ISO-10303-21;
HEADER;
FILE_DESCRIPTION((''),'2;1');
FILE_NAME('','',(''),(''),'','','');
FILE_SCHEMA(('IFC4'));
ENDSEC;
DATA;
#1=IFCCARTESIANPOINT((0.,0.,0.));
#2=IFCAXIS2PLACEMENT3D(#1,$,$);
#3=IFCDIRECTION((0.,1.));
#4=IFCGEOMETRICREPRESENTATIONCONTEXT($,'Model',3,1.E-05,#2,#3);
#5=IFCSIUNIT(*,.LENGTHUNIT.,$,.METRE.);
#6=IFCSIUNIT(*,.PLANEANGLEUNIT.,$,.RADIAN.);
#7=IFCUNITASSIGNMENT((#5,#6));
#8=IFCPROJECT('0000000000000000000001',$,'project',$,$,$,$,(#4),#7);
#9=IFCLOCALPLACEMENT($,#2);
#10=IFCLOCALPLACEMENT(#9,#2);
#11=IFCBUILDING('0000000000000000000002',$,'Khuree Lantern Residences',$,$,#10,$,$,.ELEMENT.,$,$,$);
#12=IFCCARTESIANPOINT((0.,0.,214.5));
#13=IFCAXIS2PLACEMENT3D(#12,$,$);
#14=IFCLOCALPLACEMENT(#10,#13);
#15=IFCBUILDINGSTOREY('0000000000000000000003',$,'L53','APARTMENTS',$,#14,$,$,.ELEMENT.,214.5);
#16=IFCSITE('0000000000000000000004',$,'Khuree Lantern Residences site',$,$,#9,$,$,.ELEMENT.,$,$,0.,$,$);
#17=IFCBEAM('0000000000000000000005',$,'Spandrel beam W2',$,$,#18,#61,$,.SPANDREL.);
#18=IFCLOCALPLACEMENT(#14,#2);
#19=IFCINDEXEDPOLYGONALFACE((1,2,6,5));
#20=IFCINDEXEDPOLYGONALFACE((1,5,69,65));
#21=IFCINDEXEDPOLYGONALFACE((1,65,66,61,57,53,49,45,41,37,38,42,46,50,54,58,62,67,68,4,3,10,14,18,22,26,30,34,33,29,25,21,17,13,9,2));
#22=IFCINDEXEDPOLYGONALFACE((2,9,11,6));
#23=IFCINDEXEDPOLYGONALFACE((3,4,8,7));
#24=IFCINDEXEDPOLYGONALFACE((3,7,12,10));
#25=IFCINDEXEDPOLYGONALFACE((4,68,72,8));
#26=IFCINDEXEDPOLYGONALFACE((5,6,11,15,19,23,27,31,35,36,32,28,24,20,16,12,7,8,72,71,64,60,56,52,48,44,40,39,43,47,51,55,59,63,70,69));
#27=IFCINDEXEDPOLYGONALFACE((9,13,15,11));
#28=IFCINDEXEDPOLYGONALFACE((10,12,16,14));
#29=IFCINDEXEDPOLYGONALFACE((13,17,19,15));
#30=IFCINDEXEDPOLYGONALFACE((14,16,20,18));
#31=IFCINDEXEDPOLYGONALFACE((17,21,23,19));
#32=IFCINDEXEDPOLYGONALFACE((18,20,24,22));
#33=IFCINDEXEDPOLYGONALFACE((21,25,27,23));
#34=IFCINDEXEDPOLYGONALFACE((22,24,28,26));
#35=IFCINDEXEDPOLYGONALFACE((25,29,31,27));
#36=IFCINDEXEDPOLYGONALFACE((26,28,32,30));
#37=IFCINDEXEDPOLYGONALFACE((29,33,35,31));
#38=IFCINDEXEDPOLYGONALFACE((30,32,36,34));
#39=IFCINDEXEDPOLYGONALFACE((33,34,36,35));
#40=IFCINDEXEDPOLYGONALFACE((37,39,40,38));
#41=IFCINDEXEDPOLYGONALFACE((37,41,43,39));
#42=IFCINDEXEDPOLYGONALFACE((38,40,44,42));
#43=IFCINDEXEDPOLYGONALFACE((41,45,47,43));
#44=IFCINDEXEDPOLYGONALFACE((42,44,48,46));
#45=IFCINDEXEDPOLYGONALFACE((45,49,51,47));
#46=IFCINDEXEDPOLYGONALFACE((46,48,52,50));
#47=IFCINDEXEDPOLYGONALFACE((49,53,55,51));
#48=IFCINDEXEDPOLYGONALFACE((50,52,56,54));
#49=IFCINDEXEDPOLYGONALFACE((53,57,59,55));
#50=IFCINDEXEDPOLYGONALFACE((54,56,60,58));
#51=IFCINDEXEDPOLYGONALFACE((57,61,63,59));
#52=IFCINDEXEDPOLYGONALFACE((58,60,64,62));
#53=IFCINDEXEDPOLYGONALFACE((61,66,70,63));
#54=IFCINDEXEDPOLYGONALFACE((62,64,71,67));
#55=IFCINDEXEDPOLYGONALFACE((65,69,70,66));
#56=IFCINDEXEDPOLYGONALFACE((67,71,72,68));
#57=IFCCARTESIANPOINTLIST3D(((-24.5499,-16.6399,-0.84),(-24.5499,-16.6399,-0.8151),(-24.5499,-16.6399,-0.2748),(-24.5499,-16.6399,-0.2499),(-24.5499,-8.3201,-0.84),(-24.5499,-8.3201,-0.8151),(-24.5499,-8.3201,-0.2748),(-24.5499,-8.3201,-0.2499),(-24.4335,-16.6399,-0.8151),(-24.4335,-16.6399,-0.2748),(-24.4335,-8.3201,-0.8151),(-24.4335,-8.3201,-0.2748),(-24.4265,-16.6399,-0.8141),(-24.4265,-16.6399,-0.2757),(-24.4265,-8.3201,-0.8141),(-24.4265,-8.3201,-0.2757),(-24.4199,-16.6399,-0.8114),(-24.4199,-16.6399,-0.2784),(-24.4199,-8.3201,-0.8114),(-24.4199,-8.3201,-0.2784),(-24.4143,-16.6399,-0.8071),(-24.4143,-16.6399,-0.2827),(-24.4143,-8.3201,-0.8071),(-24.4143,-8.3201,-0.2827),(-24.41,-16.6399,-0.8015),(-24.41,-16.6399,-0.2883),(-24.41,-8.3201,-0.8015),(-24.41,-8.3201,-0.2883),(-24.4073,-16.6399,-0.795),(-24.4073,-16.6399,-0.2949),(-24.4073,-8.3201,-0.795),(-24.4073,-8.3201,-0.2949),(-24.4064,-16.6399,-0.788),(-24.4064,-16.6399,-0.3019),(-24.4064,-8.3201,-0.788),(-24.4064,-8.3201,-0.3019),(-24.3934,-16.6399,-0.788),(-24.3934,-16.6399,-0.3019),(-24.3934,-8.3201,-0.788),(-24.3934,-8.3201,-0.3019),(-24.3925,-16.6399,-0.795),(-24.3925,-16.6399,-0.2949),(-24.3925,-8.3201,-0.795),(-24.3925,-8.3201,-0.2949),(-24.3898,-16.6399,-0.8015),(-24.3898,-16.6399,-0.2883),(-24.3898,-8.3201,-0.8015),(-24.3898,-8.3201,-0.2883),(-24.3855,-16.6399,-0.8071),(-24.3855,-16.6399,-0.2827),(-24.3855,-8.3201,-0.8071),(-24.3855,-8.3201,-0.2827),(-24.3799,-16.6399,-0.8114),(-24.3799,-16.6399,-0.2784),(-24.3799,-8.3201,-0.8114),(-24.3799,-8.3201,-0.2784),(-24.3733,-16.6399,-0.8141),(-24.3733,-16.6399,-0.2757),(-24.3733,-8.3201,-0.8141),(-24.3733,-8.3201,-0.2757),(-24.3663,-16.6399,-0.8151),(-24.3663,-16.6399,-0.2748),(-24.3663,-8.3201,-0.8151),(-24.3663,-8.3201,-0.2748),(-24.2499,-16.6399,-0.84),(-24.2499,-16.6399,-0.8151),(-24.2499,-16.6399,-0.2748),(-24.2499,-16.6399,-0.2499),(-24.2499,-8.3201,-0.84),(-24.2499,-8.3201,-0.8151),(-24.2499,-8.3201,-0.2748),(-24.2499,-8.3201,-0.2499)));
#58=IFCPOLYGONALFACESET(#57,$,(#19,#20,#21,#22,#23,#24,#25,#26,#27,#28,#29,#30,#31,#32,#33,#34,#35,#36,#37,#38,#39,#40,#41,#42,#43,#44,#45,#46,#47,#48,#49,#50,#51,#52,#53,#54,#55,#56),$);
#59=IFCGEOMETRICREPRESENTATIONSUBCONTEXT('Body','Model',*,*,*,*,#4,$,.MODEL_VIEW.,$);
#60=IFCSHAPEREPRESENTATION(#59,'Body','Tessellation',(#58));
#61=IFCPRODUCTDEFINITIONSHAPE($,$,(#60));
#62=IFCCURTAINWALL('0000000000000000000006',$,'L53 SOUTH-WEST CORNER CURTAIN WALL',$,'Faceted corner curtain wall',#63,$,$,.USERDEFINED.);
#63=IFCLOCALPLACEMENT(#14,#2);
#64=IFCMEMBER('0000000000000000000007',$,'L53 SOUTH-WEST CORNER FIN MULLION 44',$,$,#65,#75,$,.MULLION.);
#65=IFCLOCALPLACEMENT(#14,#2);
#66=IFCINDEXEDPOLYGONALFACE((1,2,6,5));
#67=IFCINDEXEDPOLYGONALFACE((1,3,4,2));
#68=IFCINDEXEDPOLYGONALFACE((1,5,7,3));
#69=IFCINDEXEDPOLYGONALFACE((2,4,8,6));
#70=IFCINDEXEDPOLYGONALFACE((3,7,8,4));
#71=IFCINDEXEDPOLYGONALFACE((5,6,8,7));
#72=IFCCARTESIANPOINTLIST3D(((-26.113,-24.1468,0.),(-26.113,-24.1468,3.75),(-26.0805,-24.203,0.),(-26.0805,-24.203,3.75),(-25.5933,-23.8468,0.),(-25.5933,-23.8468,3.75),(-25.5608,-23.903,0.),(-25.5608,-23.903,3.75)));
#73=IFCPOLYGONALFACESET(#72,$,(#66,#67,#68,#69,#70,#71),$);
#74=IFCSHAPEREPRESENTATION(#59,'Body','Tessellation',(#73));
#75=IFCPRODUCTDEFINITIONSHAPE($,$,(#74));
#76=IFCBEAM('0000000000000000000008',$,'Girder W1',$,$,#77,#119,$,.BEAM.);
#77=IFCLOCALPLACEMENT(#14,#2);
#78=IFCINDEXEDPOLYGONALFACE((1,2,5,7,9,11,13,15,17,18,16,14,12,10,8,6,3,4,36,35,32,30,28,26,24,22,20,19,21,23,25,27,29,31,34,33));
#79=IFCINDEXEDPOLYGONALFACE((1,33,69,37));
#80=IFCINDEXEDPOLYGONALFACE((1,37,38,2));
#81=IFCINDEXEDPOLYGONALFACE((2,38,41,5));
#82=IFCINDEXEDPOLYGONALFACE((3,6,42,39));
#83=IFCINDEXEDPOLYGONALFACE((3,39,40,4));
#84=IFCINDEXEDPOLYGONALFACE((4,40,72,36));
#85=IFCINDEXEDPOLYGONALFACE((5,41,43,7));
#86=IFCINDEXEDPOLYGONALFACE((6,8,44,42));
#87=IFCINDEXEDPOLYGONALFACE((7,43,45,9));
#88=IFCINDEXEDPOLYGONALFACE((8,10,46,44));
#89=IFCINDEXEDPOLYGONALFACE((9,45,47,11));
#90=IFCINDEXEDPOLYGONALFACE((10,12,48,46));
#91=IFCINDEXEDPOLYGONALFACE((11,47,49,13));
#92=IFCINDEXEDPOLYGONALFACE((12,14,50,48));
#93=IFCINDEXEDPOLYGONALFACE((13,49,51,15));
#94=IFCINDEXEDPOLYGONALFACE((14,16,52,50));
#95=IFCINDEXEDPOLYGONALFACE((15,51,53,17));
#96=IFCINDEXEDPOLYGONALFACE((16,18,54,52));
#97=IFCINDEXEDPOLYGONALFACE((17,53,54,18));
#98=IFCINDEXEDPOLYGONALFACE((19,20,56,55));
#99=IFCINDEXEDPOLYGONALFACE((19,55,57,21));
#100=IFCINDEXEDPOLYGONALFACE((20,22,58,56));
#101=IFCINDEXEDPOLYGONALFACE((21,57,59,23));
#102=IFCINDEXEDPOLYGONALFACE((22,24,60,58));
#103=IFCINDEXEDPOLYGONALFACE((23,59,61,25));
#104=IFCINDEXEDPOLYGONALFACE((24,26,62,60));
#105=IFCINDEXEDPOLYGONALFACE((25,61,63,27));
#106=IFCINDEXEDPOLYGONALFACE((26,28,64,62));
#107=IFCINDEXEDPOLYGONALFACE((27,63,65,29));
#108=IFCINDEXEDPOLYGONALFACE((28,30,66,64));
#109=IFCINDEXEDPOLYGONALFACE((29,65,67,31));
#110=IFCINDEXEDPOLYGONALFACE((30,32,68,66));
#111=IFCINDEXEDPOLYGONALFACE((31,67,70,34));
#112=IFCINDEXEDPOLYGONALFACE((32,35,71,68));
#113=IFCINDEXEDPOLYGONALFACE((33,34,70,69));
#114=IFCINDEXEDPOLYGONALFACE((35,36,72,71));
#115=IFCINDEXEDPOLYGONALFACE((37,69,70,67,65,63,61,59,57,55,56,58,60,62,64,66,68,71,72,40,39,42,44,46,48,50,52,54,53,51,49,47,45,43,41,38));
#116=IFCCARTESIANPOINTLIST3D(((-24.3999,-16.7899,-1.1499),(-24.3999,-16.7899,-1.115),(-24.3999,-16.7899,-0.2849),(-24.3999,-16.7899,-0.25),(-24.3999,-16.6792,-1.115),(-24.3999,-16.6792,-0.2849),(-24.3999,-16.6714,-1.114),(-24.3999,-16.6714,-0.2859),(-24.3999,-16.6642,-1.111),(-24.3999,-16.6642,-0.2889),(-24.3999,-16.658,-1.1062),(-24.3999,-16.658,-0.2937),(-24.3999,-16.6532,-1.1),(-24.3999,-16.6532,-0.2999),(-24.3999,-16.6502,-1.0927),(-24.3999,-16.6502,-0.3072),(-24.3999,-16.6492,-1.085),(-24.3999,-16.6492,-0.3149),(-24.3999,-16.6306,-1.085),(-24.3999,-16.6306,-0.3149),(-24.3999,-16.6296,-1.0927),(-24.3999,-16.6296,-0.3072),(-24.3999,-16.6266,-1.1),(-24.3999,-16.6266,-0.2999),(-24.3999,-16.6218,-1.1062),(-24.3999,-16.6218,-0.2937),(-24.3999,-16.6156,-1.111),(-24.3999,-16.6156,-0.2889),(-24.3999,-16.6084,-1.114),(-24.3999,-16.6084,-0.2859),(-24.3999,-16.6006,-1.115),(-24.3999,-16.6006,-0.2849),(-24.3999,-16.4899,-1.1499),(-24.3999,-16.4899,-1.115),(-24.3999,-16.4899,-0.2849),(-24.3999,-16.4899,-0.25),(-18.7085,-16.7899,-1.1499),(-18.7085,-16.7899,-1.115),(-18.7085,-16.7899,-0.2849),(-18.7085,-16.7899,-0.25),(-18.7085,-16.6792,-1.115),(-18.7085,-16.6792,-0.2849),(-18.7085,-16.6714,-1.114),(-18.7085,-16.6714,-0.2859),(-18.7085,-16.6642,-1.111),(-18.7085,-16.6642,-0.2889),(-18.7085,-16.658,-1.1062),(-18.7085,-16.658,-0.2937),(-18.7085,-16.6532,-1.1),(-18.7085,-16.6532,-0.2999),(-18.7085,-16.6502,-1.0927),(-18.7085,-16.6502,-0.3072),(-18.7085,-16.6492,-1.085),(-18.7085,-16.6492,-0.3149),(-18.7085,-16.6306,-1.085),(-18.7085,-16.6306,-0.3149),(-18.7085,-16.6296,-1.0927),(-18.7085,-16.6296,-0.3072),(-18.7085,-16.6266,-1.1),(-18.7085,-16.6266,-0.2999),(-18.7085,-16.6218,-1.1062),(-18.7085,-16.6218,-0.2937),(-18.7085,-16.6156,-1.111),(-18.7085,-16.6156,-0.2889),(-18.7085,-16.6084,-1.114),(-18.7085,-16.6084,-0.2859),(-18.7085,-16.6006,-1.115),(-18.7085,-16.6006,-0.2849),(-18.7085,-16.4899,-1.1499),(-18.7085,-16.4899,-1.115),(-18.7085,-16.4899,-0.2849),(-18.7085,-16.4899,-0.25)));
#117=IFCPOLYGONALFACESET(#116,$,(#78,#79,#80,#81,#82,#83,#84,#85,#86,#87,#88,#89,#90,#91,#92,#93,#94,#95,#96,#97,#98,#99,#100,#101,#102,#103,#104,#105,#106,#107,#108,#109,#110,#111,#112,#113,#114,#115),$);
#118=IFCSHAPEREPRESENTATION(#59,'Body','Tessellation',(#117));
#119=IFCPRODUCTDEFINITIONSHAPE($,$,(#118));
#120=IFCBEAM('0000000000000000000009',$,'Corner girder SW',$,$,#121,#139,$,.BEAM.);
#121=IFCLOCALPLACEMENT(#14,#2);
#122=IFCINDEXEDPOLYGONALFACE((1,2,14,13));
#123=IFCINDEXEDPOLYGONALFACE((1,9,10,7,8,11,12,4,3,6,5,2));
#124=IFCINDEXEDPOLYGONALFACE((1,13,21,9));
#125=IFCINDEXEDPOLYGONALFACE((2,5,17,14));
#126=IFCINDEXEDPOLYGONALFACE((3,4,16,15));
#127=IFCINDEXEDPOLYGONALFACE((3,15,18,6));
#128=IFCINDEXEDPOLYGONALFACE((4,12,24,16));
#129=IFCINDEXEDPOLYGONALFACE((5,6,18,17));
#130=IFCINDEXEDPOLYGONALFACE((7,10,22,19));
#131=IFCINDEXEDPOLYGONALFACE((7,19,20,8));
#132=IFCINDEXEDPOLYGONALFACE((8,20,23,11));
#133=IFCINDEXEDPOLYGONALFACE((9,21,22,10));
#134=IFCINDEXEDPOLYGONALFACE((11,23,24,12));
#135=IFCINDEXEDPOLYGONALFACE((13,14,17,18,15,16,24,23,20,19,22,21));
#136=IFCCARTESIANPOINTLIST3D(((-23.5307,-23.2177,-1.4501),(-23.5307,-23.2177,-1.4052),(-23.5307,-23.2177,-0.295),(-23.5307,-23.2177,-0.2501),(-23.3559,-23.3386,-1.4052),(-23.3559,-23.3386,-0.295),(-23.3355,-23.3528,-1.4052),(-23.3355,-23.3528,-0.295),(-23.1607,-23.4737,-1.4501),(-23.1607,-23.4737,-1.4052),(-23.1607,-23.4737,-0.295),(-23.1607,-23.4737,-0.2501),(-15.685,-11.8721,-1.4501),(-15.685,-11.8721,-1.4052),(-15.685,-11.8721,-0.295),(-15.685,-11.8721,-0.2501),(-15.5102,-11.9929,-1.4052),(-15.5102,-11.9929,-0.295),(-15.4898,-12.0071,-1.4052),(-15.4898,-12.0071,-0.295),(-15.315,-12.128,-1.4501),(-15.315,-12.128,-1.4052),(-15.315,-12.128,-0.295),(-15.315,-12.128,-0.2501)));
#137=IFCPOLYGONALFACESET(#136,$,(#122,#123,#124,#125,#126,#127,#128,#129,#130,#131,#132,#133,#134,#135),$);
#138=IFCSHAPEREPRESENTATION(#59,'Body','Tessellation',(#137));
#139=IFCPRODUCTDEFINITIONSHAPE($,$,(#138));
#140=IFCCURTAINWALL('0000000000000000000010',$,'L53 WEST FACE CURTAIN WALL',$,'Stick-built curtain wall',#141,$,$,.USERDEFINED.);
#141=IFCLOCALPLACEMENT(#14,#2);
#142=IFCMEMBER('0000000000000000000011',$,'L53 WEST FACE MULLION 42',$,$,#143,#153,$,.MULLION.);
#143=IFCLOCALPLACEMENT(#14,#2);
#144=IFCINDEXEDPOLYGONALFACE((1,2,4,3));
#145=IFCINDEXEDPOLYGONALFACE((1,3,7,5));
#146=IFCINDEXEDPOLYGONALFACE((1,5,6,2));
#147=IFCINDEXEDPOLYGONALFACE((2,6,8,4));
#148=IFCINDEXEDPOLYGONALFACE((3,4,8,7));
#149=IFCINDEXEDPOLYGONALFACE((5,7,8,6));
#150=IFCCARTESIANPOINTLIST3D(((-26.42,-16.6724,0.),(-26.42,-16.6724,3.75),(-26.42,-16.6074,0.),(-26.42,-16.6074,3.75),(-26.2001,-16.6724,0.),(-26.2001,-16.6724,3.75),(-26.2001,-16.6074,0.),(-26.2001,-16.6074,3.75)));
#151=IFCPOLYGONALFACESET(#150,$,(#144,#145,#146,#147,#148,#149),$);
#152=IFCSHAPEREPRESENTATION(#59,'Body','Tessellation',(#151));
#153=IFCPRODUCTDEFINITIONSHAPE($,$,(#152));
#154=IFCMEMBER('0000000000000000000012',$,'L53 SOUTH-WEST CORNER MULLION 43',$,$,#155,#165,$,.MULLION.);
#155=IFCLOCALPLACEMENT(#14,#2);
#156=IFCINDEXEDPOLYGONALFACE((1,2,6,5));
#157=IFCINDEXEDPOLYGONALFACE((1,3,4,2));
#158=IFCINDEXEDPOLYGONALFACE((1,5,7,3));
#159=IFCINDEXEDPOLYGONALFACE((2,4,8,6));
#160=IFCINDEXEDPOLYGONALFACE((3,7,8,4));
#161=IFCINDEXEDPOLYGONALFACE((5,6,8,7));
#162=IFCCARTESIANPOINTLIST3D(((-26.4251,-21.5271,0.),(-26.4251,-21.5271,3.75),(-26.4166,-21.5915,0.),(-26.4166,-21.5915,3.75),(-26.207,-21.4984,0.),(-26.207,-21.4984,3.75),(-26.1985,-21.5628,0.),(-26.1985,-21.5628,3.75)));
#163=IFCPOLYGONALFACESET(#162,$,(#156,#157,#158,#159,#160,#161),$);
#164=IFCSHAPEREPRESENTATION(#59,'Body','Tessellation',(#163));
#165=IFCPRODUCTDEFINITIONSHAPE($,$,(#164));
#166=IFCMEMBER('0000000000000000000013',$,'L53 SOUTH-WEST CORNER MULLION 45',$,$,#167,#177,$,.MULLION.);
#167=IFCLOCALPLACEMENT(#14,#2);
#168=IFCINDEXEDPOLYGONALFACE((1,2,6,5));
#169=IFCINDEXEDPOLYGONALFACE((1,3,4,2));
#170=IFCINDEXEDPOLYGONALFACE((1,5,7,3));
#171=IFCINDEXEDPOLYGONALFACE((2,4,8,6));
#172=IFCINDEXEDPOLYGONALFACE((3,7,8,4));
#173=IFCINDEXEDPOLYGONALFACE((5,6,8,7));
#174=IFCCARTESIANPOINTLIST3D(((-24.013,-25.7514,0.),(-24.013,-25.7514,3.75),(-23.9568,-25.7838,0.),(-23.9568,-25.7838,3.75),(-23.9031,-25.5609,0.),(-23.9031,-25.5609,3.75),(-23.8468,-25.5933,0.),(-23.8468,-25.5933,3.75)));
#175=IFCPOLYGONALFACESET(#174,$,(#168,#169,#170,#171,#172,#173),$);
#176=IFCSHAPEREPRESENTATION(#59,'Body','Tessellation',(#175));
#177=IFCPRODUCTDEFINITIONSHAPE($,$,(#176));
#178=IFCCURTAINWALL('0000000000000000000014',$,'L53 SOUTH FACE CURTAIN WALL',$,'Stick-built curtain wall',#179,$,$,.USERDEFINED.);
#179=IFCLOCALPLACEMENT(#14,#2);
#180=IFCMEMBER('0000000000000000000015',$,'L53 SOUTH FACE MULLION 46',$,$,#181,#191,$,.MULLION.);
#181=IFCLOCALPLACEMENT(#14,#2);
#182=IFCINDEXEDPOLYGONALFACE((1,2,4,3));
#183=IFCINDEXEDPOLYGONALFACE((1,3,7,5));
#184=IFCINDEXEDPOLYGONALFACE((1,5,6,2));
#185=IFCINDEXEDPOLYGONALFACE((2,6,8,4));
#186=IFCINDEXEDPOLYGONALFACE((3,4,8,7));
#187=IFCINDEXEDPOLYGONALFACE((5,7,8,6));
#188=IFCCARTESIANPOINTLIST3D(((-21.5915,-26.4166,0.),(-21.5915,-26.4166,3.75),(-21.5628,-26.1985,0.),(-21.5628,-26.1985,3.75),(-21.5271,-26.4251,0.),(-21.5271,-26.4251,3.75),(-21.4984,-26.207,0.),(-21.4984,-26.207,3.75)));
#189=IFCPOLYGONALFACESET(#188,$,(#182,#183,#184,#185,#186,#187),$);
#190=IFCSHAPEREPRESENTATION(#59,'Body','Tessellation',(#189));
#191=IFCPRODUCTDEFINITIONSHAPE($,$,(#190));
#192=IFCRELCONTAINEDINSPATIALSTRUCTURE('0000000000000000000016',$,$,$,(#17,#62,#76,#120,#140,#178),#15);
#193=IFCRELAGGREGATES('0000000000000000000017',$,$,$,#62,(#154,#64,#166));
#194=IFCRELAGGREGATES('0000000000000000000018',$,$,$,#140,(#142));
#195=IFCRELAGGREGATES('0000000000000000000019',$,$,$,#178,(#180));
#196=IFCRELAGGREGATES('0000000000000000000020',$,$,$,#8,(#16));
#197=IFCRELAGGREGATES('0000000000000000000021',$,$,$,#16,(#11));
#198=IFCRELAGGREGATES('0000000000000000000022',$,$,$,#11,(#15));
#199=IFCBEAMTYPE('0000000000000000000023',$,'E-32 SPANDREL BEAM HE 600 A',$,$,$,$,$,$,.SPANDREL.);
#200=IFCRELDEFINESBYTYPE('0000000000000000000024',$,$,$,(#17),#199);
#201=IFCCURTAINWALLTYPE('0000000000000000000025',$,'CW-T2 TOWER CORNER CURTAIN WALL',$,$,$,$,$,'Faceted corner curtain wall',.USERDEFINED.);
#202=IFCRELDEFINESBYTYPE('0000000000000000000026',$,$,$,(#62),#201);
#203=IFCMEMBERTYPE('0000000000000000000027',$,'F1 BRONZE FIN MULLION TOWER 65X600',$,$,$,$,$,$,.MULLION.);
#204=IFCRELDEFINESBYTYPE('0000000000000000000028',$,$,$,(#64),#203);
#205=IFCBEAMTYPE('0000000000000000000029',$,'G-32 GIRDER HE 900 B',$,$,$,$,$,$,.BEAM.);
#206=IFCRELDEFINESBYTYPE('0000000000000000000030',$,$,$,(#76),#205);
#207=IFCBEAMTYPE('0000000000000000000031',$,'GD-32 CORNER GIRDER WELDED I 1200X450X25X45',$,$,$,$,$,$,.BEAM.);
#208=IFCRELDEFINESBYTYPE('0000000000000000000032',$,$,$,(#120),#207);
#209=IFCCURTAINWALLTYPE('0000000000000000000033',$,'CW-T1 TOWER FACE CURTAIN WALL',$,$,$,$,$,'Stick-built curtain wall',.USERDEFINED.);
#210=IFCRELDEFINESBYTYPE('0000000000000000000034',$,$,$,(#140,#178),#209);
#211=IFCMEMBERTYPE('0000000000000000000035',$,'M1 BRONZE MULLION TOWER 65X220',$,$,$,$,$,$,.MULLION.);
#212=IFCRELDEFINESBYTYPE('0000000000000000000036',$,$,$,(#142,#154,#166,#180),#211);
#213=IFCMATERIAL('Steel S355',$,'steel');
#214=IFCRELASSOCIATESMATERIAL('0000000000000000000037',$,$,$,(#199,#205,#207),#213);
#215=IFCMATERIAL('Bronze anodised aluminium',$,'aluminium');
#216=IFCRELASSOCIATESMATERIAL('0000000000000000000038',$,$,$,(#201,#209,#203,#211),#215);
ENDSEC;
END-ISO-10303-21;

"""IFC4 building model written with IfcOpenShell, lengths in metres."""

from ifc_helpers import new_model, si_unit, direction, frame, origin, origin_2d, place, context, subcontext, project, spatial, rectangle, i_section, extrude, material, material_profile, profile_set, type_object, element, aggregate, save


model = new_model("IFC4")

# Units and contexts
model_context = context("Model", 3, precision=1e-05, world=origin(), true_north=direction((0.0, 1.0)))
body_context = subcontext(model_context, "Body", "Model", "MODEL_VIEW")
ifc_project = project(units=[si_unit("LENGTHUNIT", "METRE"), si_unit("PLANEANGLEUNIT", "RADIAN")], contexts=[model_context])

# Site, building, storey
site_placement = place(None, origin())
site = spatial("IfcSite", under=ifc_project, at=site_placement, Name="Khuree Lantern Residences site", CompositionType="ELEMENT", RefElevation=0.0)
building_placement = place(site_placement, origin())
building = spatial("IfcBuilding", under=site, at=building_placement, Name="Khuree Lantern Residences", CompositionType="ELEMENT")
storey_placement = place(building_placement, frame((0.0, 0.0, 214.5)))
storey = spatial("IfcBuildingStorey", under=building, at=storey_placement, Name="L53", Description="APARTMENTS", CompositionType="ELEMENT", Elevation=214.5)

# Beam
ifc_material_1 = material(Name="Steel S355", Category="steel")
ifc_material_profile_1 = material_profile(ifc_material_1, i_section(OverallWidth=0.3, OverallDepth=0.5901, WebThickness=0.0129, FlangeThickness=0.0249, FilletRadius=0.0271, at=origin_2d()), Name="HE 600 A")
ifc_profile_set_1 = profile_set([ifc_material_profile_1], Name="Steel S355")
beam_type_1 = type_object("IfcBeamType", Name="E-32 SPANDREL BEAM HE 600 A", PredefinedType="SPANDREL", material=ifc_profile_set_1)
beam_1_placement = place(storey_placement, frame((-24.3999, -16.6399, -0.5449), z_axis=(0.0, 1.0, 0.0), x_axis=(-1.0, 0.0, 0.0)))
element("IfcBeam", 1, at=beam_1_placement, inside=storey, type_object=beam_type_1, Name="Spandrel beam W2", PredefinedType="SPANDREL", context=body_context, shape_type="SweptSolid", body=[
    extrude(i_section(OverallWidth=0.3, OverallDepth=0.5901, WebThickness=0.0129, FlangeThickness=0.0249, FilletRadius=0.0271, at=origin_2d()), origin(), (0.0, 0.0, 1.0), 8.3198),
])

# Curtain wall, member
ifc_material_2 = material(Name="Bronze anodised aluminium", Category="aluminium")
curtain_wall_type_1 = type_object("IfcCurtainWallType", Name="CW-T2 TOWER CORNER CURTAIN WALL", ElementType="Faceted corner curtain wall", PredefinedType="USERDEFINED", material=ifc_material_2)
curtain_wall_1_placement = place(storey_placement, origin())
curtain_wall_1 = element("IfcCurtainWall", 2, at=curtain_wall_1_placement, inside=storey, type_object=curtain_wall_type_1, Name="L53 SOUTH-WEST CORNER CURTAIN WALL", ObjectType="Faceted corner curtain wall", PredefinedType="USERDEFINED")
ifc_material_profile_2 = material_profile(ifc_material_2, rectangle(XDim=0.0649, YDim=0.6001, at=origin_2d()), Name="F1 65X600")
ifc_profile_set_2 = profile_set([ifc_material_profile_2], Name="Bronze anodised aluminium")
member_type_1 = type_object("IfcMemberType", Name="F1 BRONZE FIN MULLION TOWER 65X600", PredefinedType="MULLION", material=ifc_profile_set_2)
member_1_placement = place(storey_placement, frame((-25.8369, -24.0249, 0.0), z_axis=(0.0, 0.0, 1.0), x_axis=(0.5, -0.866025, 0.0)))
member_1 = element("IfcMember", 3, at=member_1_placement, type_object=member_type_1, Name="L53 SOUTH-WEST CORNER FIN MULLION 44", PredefinedType="MULLION", context=body_context, shape_type="SweptSolid", body=[
    extrude(rectangle(XDim=0.0649, YDim=0.6001, at=origin_2d()), origin(), (0.0, 0.0, 1.0), 3.75),
])

# Beams
ifc_material_profile_3 = material_profile(ifc_material_1, i_section(OverallWidth=0.3, OverallDepth=0.8999, WebThickness=0.0186, FlangeThickness=0.0349, FilletRadius=0.03, at=origin_2d()), Name="HE 900 B")
ifc_profile_set_3 = profile_set([ifc_material_profile_3], Name="Steel S355")
beam_type_2 = type_object("IfcBeamType", Name="G-32 GIRDER HE 900 B", PredefinedType="BEAM", material=ifc_profile_set_3)
beam_2_placement = place(storey_placement, frame((-24.3999, -16.6399, -0.7), z_axis=(1.0, 0.0, 0.0), x_axis=(0.0, 1.0, 0.0)))
element("IfcBeam", 4, at=beam_2_placement, inside=storey, type_object=beam_type_2, Name="Girder W1", PredefinedType="BEAM", context=body_context, shape_type="SweptSolid", body=[
    extrude(i_section(OverallWidth=0.3, OverallDepth=0.8999, WebThickness=0.0186, FlangeThickness=0.0349, FilletRadius=0.03, at=origin_2d()), origin(), (0.0, 0.0, 1.0), 5.6914),
])
ifc_material_profile_4 = material_profile(ifc_material_1, i_section(OverallWidth=0.45, OverallDepth=1.2, WebThickness=0.0249, FlangeThickness=0.0449, at=origin_2d()), Name="WELDED I 1200X450X25X45")
ifc_profile_set_4 = profile_set([ifc_material_profile_4], Name="Steel S355")
beam_type_3 = type_object("IfcBeamType", Name="GD-32 CORNER GIRDER WELDED I 1200X450X25X45", PredefinedType="BEAM", material=ifc_profile_set_4)
beam_3_placement = place(storey_placement, frame((-23.3457, -23.3457, -0.8501), z_axis=(0.568768, 0.822498, 0.0), x_axis=(-0.822498, 0.568768, 0.0)))
element("IfcBeam", 5, at=beam_3_placement, inside=storey, type_object=beam_type_3, Name="Corner girder SW", PredefinedType="BEAM", context=body_context, shape_type="SweptSolid", body=[
    extrude(i_section(OverallWidth=0.45, OverallDepth=1.2, WebThickness=0.0249, FlangeThickness=0.0449, at=origin_2d()), origin(), (0.0, 0.0, 1.0), 13.7942),
])

# Curtain wall, member
curtain_wall_type_2 = type_object("IfcCurtainWallType", Name="CW-T1 TOWER FACE CURTAIN WALL", ElementType="Stick-built curtain wall", PredefinedType="USERDEFINED", material=ifc_material_2)
curtain_wall_2_placement = place(storey_placement, origin())
curtain_wall_2 = element("IfcCurtainWall", 6, at=curtain_wall_2_placement, inside=storey, type_object=curtain_wall_type_2, Name="L53 WEST FACE CURTAIN WALL", ObjectType="Stick-built curtain wall", PredefinedType="USERDEFINED")
ifc_material_profile_5 = material_profile(ifc_material_2, rectangle(XDim=0.0649, YDim=0.22, at=origin_2d()), Name="M1 65X220")
ifc_profile_set_5 = profile_set([ifc_material_profile_5], Name="Bronze anodised aluminium")
member_type_2 = type_object("IfcMemberType", Name="M1 BRONZE MULLION TOWER 65X220", PredefinedType="MULLION", material=ifc_profile_set_5)
member_2_placement = place(storey_placement, frame((-26.3101, -16.6399, 0.0), z_axis=(0.0, 0.0, 1.0), x_axis=(0.0, -1.0, 0.0)))
member_2 = element("IfcMember", 7, at=member_2_placement, type_object=member_type_2, Name="L53 WEST FACE MULLION 42", PredefinedType="MULLION", context=body_context, shape_type="SweptSolid", body=[
    extrude(rectangle(XDim=0.0649, YDim=0.22, at=origin_2d()), origin(), (0.0, 0.0, 1.0), 3.75),
])

# Members
member_3_placement = place(storey_placement, frame((-26.3118, -21.5449, 0.0), z_axis=(0.0, 0.0, 1.0), x_axis=(0.130526, -0.991445, 0.0)))
member_3 = element("IfcMember", 8, at=member_3_placement, type_object=member_type_2, Name="L53 SOUTH-WEST CORNER MULLION 43", PredefinedType="MULLION", context=body_context, shape_type="SweptSolid", body=[
    extrude(rectangle(XDim=0.0649, YDim=0.22, at=origin_2d()), origin(), (0.0, 0.0, 1.0), 3.75),
])
member_4_placement = place(storey_placement, frame((-23.9299, -25.6724, 0.0), z_axis=(0.0, 0.0, 1.0), x_axis=(0.866025, -0.5, 0.0)))
member_4 = element("IfcMember", 9, at=member_4_placement, type_object=member_type_2, Name="L53 SOUTH-WEST CORNER MULLION 45", PredefinedType="MULLION", context=body_context, shape_type="SweptSolid", body=[
    extrude(rectangle(XDim=0.0649, YDim=0.22, at=origin_2d()), origin(), (0.0, 0.0, 1.0), 3.75),
])

# Curtain wall, member
curtain_wall_3_placement = place(storey_placement, origin())
curtain_wall_3 = element("IfcCurtainWall", 10, at=curtain_wall_3_placement, inside=storey, type_object=curtain_wall_type_2, Name="L53 SOUTH FACE CURTAIN WALL", ObjectType="Stick-built curtain wall", PredefinedType="USERDEFINED")
member_5_placement = place(storey_placement, frame((-21.5449, -26.3118, 0.0), z_axis=(0.0, 0.0, 1.0), x_axis=(0.991445, -0.130526, 0.0)))
member_5 = element("IfcMember", 11, at=member_5_placement, type_object=member_type_2, Name="L53 SOUTH FACE MULLION 46", PredefinedType="MULLION", context=body_context, shape_type="SweptSolid", body=[
    extrude(rectangle(XDim=0.0649, YDim=0.22, at=origin_2d()), origin(), (0.0, 0.0, 1.0), 3.75),
])

aggregate(curtain_wall_1, [member_3, member_1, member_4])
aggregate(curtain_wall_2, [member_2])
aggregate(curtain_wall_3, [member_5])

save(model, "model.ifc")
